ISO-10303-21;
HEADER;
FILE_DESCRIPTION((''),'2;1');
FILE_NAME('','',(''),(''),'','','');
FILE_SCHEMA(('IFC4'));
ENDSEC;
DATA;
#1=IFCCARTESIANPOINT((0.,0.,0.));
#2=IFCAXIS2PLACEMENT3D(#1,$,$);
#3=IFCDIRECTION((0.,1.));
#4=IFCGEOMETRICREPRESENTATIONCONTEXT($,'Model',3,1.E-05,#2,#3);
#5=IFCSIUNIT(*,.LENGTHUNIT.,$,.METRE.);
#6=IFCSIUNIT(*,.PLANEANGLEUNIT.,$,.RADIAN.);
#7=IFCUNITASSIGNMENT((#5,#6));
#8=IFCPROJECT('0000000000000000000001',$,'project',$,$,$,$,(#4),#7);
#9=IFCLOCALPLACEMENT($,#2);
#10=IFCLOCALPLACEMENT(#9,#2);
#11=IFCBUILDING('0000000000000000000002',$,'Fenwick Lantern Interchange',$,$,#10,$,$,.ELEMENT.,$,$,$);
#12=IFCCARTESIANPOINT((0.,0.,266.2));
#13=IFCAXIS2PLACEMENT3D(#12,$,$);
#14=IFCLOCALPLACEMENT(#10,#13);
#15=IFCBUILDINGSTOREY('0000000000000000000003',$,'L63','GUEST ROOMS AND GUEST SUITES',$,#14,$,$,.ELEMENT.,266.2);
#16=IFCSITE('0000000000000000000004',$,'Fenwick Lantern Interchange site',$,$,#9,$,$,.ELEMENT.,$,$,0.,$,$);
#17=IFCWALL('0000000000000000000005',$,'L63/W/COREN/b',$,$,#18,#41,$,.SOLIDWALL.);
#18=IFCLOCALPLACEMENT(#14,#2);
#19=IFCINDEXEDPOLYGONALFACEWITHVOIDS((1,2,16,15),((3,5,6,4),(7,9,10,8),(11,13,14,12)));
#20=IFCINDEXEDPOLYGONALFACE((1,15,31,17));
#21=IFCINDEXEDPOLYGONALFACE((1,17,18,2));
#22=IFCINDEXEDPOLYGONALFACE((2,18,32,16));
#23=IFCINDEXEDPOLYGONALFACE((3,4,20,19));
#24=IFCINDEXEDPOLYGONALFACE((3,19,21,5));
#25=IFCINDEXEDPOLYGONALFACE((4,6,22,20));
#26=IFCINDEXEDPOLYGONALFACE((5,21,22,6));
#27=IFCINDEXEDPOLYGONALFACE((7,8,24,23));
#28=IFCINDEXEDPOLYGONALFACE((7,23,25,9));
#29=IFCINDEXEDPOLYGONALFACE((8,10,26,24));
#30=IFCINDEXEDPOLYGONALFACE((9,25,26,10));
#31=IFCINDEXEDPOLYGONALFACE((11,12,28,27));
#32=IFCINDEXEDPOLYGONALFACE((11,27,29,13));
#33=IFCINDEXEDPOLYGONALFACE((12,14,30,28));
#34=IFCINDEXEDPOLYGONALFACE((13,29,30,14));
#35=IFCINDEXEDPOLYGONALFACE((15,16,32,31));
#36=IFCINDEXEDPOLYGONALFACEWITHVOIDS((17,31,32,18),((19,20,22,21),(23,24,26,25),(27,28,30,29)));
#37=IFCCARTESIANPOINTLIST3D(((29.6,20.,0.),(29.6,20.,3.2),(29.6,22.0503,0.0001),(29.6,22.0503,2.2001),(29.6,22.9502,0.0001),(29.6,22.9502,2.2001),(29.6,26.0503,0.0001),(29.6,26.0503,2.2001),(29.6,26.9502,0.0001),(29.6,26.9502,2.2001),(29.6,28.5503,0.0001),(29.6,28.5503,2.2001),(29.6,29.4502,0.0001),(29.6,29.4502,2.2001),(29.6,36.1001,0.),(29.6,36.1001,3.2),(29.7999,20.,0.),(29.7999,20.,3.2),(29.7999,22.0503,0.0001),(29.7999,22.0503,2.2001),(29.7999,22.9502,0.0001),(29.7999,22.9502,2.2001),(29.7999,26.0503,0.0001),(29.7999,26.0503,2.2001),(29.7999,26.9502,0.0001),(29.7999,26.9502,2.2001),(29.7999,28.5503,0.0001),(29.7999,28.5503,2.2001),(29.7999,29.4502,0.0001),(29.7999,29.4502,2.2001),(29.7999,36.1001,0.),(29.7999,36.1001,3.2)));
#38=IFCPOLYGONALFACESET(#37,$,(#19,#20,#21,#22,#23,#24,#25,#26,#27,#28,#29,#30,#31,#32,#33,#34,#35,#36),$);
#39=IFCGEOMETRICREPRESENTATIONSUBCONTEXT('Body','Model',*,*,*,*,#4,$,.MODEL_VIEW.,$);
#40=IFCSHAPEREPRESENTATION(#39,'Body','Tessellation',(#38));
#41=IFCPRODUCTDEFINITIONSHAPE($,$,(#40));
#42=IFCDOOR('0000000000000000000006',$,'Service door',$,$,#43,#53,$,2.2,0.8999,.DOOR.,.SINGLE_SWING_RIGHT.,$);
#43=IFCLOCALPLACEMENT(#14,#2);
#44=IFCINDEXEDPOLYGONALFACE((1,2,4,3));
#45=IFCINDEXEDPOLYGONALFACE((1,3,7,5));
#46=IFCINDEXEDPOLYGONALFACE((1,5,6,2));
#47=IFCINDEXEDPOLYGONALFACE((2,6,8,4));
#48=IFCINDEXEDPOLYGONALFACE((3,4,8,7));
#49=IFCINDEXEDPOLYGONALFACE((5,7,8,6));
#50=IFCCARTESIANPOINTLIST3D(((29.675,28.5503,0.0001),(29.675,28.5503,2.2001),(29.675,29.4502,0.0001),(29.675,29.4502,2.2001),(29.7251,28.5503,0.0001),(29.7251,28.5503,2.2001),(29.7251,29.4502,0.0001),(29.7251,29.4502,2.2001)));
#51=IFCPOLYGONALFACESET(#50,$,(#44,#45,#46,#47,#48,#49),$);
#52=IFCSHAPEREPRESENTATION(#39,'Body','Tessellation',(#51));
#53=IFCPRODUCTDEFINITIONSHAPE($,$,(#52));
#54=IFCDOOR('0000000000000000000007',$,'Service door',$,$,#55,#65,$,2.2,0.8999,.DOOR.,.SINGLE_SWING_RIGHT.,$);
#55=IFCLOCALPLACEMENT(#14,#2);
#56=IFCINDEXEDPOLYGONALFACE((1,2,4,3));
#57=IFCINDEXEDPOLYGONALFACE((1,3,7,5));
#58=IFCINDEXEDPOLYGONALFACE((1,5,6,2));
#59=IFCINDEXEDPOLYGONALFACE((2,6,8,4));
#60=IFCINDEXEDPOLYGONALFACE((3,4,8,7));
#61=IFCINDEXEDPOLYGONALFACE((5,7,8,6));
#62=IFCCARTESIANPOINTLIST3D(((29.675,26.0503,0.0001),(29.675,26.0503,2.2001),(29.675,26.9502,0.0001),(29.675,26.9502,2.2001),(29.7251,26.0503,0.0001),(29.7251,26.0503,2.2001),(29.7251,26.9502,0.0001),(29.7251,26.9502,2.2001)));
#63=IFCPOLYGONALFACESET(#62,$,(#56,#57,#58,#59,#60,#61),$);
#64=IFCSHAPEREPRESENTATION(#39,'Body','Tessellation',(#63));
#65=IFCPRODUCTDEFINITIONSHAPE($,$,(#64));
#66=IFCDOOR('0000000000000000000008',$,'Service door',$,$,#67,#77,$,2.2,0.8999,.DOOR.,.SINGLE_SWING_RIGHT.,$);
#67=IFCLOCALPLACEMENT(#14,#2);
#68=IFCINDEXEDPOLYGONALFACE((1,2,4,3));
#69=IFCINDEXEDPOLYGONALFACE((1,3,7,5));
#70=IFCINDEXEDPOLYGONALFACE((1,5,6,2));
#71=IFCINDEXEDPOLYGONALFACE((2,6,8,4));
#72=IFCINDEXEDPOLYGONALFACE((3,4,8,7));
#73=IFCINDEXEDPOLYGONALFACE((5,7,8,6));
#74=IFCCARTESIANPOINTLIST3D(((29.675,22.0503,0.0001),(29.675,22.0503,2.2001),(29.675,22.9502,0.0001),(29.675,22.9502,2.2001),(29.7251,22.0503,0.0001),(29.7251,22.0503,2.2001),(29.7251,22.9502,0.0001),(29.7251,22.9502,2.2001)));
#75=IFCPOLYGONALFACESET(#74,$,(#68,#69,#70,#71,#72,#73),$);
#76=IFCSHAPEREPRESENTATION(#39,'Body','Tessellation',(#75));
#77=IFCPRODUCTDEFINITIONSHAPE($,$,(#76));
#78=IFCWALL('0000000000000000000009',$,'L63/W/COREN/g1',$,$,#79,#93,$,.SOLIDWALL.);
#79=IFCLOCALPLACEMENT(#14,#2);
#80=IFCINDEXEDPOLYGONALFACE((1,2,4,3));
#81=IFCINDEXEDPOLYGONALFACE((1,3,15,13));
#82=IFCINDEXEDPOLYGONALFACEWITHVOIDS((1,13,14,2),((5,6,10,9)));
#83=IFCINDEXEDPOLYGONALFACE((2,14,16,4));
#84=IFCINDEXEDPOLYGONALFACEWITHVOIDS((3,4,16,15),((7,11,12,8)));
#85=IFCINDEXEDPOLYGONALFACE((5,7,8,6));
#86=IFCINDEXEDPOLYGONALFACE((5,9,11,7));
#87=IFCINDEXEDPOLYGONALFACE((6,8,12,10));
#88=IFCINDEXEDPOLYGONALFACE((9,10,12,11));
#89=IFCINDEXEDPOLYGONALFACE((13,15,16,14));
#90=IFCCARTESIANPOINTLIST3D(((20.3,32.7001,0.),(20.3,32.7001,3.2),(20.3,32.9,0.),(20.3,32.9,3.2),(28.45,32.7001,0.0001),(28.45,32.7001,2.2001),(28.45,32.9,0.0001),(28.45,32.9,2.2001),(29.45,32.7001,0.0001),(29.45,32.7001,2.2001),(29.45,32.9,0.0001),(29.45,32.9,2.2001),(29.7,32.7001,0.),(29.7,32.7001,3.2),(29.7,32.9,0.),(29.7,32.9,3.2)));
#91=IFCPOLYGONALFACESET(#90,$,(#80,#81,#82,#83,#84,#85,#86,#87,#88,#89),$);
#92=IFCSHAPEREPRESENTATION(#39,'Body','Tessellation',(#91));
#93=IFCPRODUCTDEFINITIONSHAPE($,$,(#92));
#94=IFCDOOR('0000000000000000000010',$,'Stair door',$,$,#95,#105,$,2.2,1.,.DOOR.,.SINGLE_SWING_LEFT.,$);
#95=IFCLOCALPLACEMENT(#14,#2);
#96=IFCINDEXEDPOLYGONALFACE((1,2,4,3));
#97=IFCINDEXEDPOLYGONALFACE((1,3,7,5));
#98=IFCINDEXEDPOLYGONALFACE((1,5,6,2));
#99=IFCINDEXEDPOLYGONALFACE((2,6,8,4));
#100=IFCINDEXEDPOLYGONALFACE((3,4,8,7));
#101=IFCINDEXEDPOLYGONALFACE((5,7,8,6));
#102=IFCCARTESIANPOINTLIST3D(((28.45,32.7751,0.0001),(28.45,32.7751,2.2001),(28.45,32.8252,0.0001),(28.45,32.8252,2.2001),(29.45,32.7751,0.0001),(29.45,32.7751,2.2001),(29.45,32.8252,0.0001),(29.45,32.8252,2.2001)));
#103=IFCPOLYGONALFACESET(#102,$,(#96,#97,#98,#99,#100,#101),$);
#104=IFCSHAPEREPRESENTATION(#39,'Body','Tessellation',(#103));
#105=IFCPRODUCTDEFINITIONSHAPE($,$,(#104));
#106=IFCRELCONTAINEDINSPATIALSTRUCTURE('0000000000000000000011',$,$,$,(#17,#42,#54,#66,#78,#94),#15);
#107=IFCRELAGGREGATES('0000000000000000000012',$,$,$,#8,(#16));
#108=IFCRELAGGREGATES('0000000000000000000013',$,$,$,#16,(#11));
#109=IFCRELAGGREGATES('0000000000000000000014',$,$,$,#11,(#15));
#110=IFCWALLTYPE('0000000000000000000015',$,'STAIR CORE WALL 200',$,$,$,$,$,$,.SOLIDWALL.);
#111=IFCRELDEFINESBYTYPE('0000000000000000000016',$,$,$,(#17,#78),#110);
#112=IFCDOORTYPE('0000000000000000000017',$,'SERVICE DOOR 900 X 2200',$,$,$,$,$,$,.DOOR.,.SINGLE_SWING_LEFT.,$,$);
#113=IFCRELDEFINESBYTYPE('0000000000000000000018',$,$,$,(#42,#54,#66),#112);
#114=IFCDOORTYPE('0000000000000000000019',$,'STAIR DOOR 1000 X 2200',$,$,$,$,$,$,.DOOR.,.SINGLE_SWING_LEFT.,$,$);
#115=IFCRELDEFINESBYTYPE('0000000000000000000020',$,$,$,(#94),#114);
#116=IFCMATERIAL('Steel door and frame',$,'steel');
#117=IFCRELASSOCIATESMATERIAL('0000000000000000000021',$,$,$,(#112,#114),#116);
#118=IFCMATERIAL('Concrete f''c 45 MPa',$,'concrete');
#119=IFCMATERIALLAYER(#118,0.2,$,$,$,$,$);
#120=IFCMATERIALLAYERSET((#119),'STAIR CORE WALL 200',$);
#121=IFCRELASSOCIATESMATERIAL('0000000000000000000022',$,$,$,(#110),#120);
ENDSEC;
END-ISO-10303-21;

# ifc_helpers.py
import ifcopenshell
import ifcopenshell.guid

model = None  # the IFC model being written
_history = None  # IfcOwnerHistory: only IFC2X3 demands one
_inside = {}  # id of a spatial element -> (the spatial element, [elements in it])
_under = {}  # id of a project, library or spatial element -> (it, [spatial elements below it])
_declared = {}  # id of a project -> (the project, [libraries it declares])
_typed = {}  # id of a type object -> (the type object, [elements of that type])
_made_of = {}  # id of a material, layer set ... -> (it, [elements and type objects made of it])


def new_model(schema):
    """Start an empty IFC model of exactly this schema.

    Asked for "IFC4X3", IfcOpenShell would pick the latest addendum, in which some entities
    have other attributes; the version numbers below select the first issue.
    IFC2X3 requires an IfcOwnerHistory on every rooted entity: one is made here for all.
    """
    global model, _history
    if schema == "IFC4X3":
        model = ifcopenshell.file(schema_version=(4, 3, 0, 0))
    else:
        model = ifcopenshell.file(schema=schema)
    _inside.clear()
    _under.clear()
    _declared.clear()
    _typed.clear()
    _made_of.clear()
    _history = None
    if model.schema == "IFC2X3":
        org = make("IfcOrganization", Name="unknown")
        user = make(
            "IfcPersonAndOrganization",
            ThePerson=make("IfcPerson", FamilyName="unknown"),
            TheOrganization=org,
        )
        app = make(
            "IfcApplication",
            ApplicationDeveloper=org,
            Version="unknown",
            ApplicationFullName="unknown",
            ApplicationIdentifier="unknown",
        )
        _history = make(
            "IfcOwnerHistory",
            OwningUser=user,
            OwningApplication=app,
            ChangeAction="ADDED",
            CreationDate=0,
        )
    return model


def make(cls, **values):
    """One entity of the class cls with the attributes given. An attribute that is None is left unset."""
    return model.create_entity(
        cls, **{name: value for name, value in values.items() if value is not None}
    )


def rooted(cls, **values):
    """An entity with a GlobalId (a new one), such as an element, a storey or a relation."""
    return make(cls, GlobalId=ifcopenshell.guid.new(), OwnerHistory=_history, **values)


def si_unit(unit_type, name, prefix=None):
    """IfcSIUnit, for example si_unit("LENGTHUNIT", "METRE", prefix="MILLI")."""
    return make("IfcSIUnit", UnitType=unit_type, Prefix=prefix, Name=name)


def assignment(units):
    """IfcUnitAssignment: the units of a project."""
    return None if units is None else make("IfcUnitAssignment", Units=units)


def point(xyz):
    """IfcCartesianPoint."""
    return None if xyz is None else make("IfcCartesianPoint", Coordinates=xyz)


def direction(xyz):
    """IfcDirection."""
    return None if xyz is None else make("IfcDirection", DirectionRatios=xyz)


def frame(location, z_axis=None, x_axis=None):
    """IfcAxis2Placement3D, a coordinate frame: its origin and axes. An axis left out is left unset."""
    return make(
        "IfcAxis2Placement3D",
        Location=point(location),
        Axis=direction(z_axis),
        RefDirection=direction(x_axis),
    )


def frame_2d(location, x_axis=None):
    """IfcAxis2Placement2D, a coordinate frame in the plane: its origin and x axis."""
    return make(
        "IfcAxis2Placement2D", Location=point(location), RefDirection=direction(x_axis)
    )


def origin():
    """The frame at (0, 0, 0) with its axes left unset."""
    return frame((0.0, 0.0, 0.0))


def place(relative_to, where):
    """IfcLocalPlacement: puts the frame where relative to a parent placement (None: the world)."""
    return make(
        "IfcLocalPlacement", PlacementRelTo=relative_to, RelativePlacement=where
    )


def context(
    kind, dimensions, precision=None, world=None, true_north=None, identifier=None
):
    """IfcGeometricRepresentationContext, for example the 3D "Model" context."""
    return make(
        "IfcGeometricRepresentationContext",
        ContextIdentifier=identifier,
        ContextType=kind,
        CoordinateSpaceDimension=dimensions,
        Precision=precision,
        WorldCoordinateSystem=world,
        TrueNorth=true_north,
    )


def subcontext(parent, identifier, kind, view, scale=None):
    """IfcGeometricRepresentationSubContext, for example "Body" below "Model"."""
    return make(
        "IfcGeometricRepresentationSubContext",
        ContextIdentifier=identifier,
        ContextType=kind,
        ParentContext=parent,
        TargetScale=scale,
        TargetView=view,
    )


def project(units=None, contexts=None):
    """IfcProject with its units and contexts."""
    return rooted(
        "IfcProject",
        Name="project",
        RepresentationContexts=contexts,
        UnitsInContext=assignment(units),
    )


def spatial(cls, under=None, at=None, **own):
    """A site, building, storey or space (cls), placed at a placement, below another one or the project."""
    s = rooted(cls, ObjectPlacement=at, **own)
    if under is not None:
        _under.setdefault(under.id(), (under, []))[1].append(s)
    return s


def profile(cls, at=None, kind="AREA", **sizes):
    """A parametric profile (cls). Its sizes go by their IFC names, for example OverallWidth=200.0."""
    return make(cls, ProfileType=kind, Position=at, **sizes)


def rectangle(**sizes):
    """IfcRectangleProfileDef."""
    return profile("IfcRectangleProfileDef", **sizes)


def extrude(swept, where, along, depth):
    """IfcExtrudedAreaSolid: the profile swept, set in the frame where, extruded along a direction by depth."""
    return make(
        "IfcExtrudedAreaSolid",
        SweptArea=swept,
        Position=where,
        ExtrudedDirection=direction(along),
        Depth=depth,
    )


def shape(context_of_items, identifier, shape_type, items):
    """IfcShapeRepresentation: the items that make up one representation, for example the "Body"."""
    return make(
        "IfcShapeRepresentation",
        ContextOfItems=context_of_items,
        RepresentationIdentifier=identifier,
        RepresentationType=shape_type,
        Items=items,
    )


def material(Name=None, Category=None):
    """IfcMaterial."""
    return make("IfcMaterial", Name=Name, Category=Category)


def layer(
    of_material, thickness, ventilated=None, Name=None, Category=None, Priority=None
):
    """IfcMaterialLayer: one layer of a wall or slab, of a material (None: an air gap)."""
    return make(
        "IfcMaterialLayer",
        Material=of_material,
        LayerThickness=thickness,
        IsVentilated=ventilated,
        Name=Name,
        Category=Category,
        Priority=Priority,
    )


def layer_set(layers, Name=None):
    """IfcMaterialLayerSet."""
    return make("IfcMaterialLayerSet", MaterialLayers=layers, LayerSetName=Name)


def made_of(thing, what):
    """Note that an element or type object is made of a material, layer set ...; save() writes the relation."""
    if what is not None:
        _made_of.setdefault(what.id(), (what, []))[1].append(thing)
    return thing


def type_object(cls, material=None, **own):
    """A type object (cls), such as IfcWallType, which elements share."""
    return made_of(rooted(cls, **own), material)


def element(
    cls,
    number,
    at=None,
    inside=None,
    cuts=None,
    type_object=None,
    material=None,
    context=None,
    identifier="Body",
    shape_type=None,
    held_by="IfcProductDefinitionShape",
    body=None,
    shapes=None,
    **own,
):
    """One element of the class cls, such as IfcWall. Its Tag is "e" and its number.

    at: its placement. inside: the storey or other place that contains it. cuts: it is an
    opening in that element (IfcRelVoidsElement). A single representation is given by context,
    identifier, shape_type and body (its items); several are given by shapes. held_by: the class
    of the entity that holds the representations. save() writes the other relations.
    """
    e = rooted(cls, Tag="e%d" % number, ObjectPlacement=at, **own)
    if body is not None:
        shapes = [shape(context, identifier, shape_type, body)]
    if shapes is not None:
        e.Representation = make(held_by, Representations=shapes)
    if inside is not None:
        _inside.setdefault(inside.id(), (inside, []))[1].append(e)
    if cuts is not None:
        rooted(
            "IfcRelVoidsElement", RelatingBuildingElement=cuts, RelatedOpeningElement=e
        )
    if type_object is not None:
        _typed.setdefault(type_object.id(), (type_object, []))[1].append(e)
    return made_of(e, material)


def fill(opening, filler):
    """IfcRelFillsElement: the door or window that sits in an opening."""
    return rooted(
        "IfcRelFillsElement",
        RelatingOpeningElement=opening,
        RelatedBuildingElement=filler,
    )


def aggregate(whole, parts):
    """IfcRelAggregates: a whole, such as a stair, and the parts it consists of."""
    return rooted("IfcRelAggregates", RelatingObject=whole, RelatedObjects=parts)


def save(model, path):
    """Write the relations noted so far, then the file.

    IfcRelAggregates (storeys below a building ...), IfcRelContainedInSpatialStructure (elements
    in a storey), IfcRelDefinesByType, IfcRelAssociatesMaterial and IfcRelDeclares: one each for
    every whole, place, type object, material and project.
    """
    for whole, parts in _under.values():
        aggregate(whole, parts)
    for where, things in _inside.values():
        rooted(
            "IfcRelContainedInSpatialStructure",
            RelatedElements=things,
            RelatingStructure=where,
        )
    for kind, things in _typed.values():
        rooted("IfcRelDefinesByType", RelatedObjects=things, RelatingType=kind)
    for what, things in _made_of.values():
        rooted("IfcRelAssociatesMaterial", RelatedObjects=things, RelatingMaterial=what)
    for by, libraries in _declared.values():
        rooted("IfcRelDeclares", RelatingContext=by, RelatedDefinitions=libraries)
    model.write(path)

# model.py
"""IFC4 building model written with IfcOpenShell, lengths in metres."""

from ifc_helpers import new_model, si_unit, direction, frame, frame_2d, origin, place, context, subcontext, project, spatial, rectangle, extrude, material, layer, layer_set, type_object, element, fill, save


model = new_model("IFC4")

# Units and contexts
model_context = context("Model", 3, precision=1e-05, world=origin(), true_north=direction((0.0, 1.0)))
body_context = subcontext(model_context, "Body", "Model", "MODEL_VIEW")
ifc_project = project(units=[si_unit("LENGTHUNIT", "METRE"), si_unit("PLANEANGLEUNIT", "RADIAN")], contexts=[model_context])

# Site, building, storey
site_placement = place(None, origin())
site = spatial("IfcSite", under=ifc_project, at=site_placement, Name="Fenwick Lantern Interchange site", CompositionType="ELEMENT", RefElevation=0.0)
building_placement = place(site_placement, origin())
building = spatial("IfcBuilding", under=site, at=building_placement, Name="Fenwick Lantern Interchange", CompositionType="ELEMENT")
storey_placement = place(building_placement, frame((0.0, 0.0, 266.2)))
storey = spatial("IfcBuildingStorey", under=building, at=storey_placement, Name="L63", Description="GUEST ROOMS AND GUEST SUITES", CompositionType="ELEMENT", Elevation=266.2)

# Shared definitions
ifc_material_1 = material(Name="Steel door and frame", Category="steel")

# Shared definitions
door_type_1 = type_object("IfcDoorType", Name="SERVICE DOOR 900 X 2200", OperationType="SINGLE_SWING_LEFT", PredefinedType="DOOR", material=ifc_material_1)

# Wall, openings, doors
ifc_material_2 = material(Name="Concrete f'c 45 MPa", Category="concrete")
ifc_layer_1 = layer(ifc_material_2, 0.2)
ifc_layer_set_1 = layer_set([ifc_layer_1], Name="STAIR CORE WALL 200")
wall_type_1 = type_object("IfcWallType", Name="STAIR CORE WALL 200", PredefinedType="SOLIDWALL", material=ifc_layer_set_1)
wall_1_placement = place(storey_placement, frame((29.7, 36.1001, 0.0), z_axis=(0.0, 0.0, 1.0), x_axis=(0.0, -1.0, 0.0)))
wall_1 = element("IfcWall", 1, at=wall_1_placement, inside=storey, type_object=wall_type_1, Name="L63/W/COREN/b", PredefinedType="SOLIDWALL", context=body_context, shape_type="SweptSolid", body=[
    extrude(rectangle(XDim=16.1001, YDim=0.2, at=frame_2d((8.05, 0.0))), origin(), (0.0, 0.0, 1.0), 3.2),
])
opening_1_placement = place(wall_1_placement, frame((6.6499, 0.0, 0.0)))
opening_1 = element("IfcOpeningElement", 2, at=opening_1_placement, cuts=wall_1, PredefinedType="OPENING", context=body_context, shape_type="SweptSolid", body=[
    extrude(rectangle(XDim=0.8999, YDim=2.2, at=frame_2d((0.45, 1.1001))), frame((0.0, 0.1099, 0.0), z_axis=(0.0, -1.0, 0.0), x_axis=(1.0, 0.0, 0.0)), (0.0, 0.0, 1.0), 0.22),
])
opening_2_placement = place(wall_1_placement, frame((9.1499, 0.0, 0.0)))
opening_2 = element("IfcOpeningElement", 3, at=opening_2_placement, cuts=wall_1, PredefinedType="OPENING", context=body_context, shape_type="SweptSolid", body=[
    extrude(rectangle(XDim=0.8999, YDim=2.2, at=frame_2d((0.45, 1.1001))), frame((0.0, 0.1099, 0.0), z_axis=(0.0, -1.0, 0.0), x_axis=(1.0, 0.0, 0.0)), (0.0, 0.0, 1.0), 0.22),
])
opening_3_placement = place(wall_1_placement, frame((13.1499, 0.0, 0.0)))
opening_3 = element("IfcOpeningElement", 4, at=opening_3_placement, cuts=wall_1, PredefinedType="OPENING", context=body_context, shape_type="SweptSolid", body=[
    extrude(rectangle(XDim=0.8999, YDim=2.2, at=frame_2d((0.45, 1.1001))), frame((0.0, 0.1099, 0.0), z_axis=(0.0, -1.0, 0.0), x_axis=(1.0, 0.0, 0.0)), (0.0, 0.0, 1.0), 0.22),
])
door_1_placement = place(opening_1_placement, frame((0.8999, 0.0, 0.0), z_axis=(0.0, 0.0, 1.0), x_axis=(-1.0, 0.0, 0.0)))
door_1 = element("IfcDoor", 5, at=door_1_placement, inside=storey, type_object=door_type_1, Name="Service door", OperationType="SINGLE_SWING_RIGHT", OverallHeight=2.2, OverallWidth=0.8999, PredefinedType="DOOR", context=body_context, shape_type="SweptSolid", body=[
    extrude(rectangle(XDim=0.8999, YDim=2.2, at=frame_2d((0.45, 1.1001))), frame((0.0, 0.0249, 0.0), z_axis=(0.0, -1.0, 0.0), x_axis=(1.0, 0.0, 0.0)), (0.0, 0.0, 1.0), 0.05),
])
fill(opening_1, door_1)
door_2_placement = place(opening_2_placement, frame((0.8999, 0.0, 0.0), z_axis=(0.0, 0.0, 1.0), x_axis=(-1.0, 0.0, 0.0)))
door_2 = element("IfcDoor", 6, at=door_2_placement, inside=storey, type_object=door_type_1, Name="Service door", OperationType="SINGLE_SWING_RIGHT", OverallHeight=2.2, OverallWidth=0.8999, PredefinedType="DOOR", context=body_context, shape_type="SweptSolid", body=[
    extrude(rectangle(XDim=0.8999, YDim=2.2, at=frame_2d((0.45, 1.1001))), frame((0.0, 0.0249, 0.0), z_axis=(0.0, -1.0, 0.0), x_axis=(1.0, 0.0, 0.0)), (0.0, 0.0, 1.0), 0.05),
])
fill(opening_2, door_2)
door_3_placement = place(opening_3_placement, frame((0.8999, 0.0, 0.0), z_axis=(0.0, 0.0, 1.0), x_axis=(-1.0, 0.0, 0.0)))
door_3 = element("IfcDoor", 7, at=door_3_placement, inside=storey, type_object=door_type_1, Name="Service door", OperationType="SINGLE_SWING_RIGHT", OverallHeight=2.2, OverallWidth=0.8999, PredefinedType="DOOR", context=body_context, shape_type="SweptSolid", body=[
    extrude(rectangle(XDim=0.8999, YDim=2.2, at=frame_2d((0.45, 1.1001))), frame((0.0, 0.0249, 0.0), z_axis=(0.0, -1.0, 0.0), x_axis=(1.0, 0.0, 0.0)), (0.0, 0.0, 1.0), 0.05),
])
fill(opening_3, door_3)

# Wall, opening, door
wall_2_placement = place(storey_placement, frame((29.7, 32.8, 0.0), z_axis=(0.0, 0.0, 1.0), x_axis=(-1.0, 0.0, 0.0)))
wall_2 = element("IfcWall", 8, at=wall_2_placement, inside=storey, type_object=wall_type_1, Name="L63/W/COREN/g1", PredefinedType="SOLIDWALL", context=body_context, shape_type="SweptSolid", body=[
    extrude(rectangle(XDim=9.3999, YDim=0.2, at=frame_2d((4.7, 0.0))), origin(), (0.0, 0.0, 1.0), 3.2),
])
opening_4_placement = place(wall_2_placement, frame((0.25, 0.0, 0.0)))
opening_4 = element("IfcOpeningElement", 9, at=opening_4_placement, cuts=wall_2, PredefinedType="OPENING", context=body_context, shape_type="SweptSolid", body=[
    extrude(rectangle(XDim=1.0, YDim=2.2, at=frame_2d((0.5, 1.1001))), frame((0.0, 0.1099, 0.0), z_axis=(0.0, -1.0, 0.0), x_axis=(1.0, 0.0, 0.0)), (0.0, 0.0, 1.0), 0.22),
])
door_type_2 = type_object("IfcDoorType", Name="STAIR DOOR 1000 X 2200", OperationType="SINGLE_SWING_LEFT", PredefinedType="DOOR", material=ifc_material_1)
door_4_placement = place(opening_4_placement, origin())
door_4 = element("IfcDoor", 10, at=door_4_placement, inside=storey, type_object=door_type_2, Name="Stair door", OperationType="SINGLE_SWING_LEFT", OverallHeight=2.2, OverallWidth=1.0, PredefinedType="DOOR", context=body_context, shape_type="SweptSolid", body=[
    extrude(rectangle(XDim=1.0, YDim=2.2, at=frame_2d((0.5, 1.1001))), frame((0.0, 0.0249, 0.0), z_axis=(0.0, -1.0, 0.0), x_axis=(1.0, 0.0, 0.0)), (0.0, 0.0, 1.0), 0.05),
])
fill(opening_4, door_4)

save(model, "model.ifc")
